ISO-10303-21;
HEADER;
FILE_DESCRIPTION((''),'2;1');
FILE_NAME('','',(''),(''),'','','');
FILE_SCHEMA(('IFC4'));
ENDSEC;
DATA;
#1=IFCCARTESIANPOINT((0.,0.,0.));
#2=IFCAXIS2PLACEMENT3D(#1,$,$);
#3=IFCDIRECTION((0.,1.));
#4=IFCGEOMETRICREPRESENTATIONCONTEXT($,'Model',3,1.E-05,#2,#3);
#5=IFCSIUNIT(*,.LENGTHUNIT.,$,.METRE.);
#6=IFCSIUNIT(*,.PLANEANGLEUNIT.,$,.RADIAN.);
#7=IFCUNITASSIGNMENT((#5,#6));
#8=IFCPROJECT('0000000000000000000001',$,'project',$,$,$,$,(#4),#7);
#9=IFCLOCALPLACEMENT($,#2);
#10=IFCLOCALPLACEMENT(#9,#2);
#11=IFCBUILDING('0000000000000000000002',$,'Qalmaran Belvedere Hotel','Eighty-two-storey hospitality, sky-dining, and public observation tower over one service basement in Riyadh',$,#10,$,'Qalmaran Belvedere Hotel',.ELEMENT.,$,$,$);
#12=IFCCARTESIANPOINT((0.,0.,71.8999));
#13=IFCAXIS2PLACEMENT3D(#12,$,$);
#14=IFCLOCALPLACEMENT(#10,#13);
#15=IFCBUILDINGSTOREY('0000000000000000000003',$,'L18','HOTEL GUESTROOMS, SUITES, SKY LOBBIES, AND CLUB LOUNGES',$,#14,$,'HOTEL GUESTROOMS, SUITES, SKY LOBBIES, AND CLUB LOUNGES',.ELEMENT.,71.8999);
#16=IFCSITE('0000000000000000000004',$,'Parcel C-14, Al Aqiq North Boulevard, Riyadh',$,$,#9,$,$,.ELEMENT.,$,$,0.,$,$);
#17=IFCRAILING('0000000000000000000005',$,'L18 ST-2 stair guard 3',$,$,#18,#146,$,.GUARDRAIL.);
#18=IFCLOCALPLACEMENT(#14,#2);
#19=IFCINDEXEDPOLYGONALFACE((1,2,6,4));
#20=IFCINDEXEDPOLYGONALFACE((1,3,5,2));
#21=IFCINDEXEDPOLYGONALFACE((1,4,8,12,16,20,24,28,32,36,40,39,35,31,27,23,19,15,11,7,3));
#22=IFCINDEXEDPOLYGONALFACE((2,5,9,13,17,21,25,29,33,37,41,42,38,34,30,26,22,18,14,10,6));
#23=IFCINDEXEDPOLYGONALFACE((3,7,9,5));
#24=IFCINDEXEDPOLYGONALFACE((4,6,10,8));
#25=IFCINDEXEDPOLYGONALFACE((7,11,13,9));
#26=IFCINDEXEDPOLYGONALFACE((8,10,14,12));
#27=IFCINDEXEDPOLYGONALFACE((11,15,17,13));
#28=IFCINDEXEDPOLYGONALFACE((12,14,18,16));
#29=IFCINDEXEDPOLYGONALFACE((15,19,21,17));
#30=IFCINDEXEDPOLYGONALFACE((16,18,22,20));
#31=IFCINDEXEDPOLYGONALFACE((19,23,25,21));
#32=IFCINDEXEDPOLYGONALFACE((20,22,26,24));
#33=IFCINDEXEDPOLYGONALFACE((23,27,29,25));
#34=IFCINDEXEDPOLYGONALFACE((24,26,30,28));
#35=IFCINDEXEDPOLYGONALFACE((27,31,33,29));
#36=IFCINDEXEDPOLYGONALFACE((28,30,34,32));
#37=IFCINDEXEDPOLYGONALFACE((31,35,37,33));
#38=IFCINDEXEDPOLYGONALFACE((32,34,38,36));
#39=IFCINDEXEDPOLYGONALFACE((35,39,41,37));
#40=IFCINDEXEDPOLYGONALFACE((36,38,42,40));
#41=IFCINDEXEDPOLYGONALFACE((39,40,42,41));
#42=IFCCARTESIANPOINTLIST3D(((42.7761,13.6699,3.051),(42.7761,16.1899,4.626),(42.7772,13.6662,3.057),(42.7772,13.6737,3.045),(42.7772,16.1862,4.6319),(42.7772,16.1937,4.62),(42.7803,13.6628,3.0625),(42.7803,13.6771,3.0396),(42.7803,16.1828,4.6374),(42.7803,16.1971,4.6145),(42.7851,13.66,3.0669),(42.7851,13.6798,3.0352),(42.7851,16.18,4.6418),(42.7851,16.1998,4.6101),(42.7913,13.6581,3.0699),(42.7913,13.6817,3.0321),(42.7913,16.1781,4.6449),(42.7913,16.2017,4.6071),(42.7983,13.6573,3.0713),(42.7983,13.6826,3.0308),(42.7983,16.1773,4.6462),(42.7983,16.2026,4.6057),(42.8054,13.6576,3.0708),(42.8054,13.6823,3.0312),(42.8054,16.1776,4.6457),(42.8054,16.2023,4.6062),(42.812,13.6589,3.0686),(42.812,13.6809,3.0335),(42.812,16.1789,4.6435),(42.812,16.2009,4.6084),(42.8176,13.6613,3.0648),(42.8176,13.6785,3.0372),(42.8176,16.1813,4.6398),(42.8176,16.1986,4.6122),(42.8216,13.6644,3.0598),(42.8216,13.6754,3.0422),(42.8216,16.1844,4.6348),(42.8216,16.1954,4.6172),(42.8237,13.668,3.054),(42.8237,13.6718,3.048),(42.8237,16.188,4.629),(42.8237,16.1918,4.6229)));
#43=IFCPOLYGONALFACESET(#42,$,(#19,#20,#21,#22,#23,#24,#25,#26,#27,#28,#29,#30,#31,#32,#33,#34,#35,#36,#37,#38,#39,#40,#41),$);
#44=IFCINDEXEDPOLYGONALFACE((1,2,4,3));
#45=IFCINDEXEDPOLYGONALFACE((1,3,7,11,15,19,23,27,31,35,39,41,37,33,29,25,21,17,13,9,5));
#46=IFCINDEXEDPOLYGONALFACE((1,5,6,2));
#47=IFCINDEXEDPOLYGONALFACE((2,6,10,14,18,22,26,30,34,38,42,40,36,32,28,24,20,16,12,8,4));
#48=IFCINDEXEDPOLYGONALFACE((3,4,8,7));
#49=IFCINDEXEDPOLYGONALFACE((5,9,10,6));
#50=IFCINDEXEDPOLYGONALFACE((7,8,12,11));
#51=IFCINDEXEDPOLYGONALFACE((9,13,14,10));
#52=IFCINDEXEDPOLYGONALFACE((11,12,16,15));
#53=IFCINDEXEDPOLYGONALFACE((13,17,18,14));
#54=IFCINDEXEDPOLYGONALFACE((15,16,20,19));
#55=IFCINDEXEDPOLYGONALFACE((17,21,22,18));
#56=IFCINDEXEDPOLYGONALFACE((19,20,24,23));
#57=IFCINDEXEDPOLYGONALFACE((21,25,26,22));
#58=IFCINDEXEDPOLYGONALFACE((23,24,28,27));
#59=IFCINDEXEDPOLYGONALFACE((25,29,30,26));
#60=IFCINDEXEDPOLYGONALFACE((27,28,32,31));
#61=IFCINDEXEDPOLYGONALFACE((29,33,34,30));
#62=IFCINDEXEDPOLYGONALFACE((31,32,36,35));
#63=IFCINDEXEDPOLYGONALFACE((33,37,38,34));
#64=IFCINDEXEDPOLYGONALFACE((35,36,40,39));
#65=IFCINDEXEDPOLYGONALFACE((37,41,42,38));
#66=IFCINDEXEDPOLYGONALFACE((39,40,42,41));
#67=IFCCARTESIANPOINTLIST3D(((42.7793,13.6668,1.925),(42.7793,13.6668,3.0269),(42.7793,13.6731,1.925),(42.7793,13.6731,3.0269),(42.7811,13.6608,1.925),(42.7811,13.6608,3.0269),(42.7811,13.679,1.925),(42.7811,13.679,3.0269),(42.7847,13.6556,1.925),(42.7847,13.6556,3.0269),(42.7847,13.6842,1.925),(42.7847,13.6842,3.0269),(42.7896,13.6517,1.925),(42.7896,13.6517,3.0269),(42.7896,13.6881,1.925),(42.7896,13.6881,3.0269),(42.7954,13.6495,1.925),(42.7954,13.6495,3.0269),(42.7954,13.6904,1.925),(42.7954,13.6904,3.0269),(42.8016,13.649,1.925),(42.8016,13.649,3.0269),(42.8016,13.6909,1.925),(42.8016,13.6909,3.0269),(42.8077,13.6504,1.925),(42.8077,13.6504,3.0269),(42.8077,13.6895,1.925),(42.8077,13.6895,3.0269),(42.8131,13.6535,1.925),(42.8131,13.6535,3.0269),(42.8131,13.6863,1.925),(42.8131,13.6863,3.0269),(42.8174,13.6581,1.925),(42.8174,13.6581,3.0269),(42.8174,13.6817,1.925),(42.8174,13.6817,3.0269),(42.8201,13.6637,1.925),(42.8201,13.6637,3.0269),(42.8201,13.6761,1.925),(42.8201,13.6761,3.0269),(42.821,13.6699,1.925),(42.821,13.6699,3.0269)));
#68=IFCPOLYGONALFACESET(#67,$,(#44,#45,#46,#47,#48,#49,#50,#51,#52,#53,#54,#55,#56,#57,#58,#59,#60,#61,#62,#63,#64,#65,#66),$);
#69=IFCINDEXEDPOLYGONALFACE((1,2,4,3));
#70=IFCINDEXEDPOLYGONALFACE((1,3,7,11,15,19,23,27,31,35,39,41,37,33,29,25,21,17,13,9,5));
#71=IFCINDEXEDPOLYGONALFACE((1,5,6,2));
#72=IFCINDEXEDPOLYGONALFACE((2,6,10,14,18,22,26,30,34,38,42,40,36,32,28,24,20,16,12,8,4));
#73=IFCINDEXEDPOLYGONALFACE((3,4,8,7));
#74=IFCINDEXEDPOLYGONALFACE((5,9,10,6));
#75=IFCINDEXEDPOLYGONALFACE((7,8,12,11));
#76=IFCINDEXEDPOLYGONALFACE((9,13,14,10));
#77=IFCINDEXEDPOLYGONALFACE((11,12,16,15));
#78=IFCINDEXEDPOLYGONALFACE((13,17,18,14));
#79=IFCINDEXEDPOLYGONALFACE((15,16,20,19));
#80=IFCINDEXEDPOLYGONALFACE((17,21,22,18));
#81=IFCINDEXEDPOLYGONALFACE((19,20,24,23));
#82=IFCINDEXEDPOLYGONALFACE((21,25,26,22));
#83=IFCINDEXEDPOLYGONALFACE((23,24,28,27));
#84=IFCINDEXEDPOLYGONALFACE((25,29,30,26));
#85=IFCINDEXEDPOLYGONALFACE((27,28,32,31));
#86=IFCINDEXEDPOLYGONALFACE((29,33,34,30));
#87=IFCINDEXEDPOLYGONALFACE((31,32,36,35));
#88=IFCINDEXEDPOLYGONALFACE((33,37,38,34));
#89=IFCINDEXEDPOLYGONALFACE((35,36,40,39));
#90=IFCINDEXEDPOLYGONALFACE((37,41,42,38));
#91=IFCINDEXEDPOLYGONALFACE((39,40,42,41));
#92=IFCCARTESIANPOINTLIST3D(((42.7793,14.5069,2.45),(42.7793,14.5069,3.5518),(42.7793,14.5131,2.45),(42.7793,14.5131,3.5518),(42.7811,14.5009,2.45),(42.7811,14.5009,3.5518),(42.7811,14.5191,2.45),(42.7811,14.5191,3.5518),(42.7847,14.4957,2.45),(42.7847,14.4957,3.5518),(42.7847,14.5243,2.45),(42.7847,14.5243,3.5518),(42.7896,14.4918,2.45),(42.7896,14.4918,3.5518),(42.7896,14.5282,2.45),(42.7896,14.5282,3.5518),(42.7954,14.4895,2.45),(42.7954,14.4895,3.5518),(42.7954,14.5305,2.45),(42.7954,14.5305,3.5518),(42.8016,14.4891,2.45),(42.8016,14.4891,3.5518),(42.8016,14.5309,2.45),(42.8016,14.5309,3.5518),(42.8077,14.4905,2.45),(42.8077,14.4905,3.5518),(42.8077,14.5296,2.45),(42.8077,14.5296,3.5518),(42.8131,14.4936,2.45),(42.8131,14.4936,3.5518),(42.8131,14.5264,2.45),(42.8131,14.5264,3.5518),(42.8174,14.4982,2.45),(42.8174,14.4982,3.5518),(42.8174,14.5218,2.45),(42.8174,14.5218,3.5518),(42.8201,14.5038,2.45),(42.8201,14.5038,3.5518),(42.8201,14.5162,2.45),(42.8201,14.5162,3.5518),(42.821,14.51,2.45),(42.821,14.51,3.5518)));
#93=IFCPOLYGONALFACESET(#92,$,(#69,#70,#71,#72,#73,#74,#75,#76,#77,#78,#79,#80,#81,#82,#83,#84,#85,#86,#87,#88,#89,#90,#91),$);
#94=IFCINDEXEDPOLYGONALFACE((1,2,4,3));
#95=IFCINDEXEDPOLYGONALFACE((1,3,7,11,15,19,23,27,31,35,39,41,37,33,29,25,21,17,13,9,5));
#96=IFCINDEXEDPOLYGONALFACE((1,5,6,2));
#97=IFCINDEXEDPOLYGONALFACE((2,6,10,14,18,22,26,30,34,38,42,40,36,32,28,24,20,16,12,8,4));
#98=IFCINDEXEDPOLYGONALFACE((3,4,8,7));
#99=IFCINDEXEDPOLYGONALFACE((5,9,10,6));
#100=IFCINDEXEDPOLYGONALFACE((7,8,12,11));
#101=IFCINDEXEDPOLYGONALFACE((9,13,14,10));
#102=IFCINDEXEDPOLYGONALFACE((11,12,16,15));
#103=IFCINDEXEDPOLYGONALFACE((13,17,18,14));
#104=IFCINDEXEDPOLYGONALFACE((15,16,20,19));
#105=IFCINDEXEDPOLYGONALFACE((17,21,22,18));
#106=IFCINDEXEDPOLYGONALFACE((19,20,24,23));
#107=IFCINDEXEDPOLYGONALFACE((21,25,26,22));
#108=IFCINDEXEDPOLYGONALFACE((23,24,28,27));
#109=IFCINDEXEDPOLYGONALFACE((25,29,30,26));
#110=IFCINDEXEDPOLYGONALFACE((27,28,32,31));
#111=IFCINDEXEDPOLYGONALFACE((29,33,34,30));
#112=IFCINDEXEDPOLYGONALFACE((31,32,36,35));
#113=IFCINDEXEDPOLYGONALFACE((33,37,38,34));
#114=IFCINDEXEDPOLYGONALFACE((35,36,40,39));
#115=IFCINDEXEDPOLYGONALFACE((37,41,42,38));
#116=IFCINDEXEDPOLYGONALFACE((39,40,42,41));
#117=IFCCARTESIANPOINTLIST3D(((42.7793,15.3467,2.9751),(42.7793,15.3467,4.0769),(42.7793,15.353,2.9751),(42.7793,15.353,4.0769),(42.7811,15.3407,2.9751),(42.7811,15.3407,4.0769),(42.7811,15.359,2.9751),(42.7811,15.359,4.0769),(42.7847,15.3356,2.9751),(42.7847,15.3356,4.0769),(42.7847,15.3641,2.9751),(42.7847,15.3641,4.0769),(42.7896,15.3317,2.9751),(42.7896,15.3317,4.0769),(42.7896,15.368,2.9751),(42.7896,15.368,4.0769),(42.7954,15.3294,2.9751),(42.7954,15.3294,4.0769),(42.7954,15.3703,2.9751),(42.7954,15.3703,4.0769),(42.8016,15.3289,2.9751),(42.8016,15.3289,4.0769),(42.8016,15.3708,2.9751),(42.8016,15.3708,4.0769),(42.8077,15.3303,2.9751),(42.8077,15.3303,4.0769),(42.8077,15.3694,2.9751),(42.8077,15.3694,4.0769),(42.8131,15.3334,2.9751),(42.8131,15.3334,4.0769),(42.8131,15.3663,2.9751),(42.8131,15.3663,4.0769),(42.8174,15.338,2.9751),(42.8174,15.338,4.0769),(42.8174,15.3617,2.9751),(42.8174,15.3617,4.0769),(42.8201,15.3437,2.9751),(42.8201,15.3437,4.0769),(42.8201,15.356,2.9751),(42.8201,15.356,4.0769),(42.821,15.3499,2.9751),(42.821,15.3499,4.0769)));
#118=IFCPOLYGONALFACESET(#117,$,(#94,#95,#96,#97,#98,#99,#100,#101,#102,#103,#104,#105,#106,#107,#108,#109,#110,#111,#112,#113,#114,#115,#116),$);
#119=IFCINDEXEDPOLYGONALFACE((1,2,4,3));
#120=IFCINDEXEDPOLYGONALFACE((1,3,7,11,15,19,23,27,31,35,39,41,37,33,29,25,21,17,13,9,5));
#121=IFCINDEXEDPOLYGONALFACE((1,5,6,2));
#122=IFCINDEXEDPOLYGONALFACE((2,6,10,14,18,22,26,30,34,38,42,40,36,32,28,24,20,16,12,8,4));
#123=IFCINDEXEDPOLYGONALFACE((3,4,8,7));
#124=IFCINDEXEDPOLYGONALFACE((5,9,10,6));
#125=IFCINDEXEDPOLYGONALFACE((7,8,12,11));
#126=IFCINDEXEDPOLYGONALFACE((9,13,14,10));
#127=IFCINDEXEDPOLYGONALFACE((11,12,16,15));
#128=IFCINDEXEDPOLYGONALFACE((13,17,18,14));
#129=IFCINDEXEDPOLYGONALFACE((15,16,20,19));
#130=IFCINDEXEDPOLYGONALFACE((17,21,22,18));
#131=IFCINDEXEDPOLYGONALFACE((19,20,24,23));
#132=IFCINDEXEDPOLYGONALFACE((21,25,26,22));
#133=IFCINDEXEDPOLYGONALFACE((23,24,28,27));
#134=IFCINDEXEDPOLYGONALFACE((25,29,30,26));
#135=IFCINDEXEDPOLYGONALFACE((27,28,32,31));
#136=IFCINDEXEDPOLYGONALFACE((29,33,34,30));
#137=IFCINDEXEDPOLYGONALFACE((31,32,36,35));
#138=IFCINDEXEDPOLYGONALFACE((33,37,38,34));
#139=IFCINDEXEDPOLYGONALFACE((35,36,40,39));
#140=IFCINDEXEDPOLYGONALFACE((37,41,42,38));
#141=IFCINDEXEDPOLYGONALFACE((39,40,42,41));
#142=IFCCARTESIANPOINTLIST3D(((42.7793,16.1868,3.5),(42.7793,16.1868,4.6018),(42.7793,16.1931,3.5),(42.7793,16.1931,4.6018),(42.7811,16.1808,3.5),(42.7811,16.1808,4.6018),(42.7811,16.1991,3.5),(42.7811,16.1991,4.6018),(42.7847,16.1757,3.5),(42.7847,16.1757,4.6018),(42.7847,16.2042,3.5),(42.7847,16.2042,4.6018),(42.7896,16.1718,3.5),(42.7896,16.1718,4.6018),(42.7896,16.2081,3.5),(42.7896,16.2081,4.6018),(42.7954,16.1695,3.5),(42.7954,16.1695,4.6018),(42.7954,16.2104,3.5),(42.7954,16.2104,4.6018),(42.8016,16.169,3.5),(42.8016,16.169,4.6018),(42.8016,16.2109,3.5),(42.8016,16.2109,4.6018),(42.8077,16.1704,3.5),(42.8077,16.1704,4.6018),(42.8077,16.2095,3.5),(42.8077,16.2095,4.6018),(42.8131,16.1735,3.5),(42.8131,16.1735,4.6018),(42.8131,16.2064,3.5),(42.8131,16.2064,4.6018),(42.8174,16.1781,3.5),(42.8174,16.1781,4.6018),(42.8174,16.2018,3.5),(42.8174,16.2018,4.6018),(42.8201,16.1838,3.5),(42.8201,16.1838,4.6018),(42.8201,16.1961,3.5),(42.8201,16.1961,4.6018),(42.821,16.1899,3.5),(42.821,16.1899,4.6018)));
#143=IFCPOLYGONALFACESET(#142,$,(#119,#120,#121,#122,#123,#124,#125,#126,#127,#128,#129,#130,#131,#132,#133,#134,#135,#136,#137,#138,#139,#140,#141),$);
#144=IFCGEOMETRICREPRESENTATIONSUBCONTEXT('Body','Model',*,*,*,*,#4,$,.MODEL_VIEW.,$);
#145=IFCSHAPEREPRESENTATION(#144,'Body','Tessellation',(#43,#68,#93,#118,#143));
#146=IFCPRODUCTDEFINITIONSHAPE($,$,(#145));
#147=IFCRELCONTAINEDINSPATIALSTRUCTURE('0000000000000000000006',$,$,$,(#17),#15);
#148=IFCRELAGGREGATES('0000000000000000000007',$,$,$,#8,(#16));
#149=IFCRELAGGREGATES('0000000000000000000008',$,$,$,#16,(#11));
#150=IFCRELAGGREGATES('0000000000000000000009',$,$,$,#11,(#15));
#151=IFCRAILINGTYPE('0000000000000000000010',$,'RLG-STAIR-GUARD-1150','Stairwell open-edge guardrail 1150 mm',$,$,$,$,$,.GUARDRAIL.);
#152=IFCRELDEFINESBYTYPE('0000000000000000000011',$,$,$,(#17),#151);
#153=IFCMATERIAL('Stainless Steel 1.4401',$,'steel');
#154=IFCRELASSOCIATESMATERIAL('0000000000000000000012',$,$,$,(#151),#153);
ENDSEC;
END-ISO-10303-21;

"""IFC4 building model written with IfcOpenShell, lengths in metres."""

from ifc_helpers import new_model, si_unit, direction, frame, origin, origin_2d, place, context, subcontext, project, spatial, circle, extrude, material, type_object, element, save


model = new_model("IFC4")

# Units and contexts
model_context = context("Model", 3, precision=1e-05, world=origin(), true_north=direction((0.0, 1.0)))
body_context = subcontext(model_context, "Body", "Model", "MODEL_VIEW")
ifc_project = project(units=[si_unit("LENGTHUNIT", "METRE"), si_unit("PLANEANGLEUNIT", "RADIAN")], contexts=[model_context])

# Site, building, storey
site_placement = place(None, origin())
site = spatial("IfcSite", under=ifc_project, at=site_placement, Name="Parcel C-14, Al Aqiq North Boulevard, Riyadh", CompositionType="ELEMENT", RefElevation=0.0)
building_placement = place(site_placement, origin())
building = spatial("IfcBuilding", under=site, at=building_placement, Name="Qalmaran Belvedere Hotel", Description="Eighty-two-storey hospitality, sky-dining, and public observation tower over one service basement in Riyadh", LongName="Qalmaran Belvedere Hotel", CompositionType="ELEMENT")
storey_placement = place(building_placement, frame((0.0, 0.0, 71.8999)))
storey = spatial("IfcBuildingStorey", under=building, at=storey_placement, Name="L18", Description="HOTEL GUESTROOMS, SUITES, SKY LOBBIES, AND CLUB LOUNGES", LongName="HOTEL GUESTROOMS, SUITES, SKY LOBBIES, AND CLUB LOUNGES", CompositionType="ELEMENT", Elevation=71.8999)

# Shared definitions
ifc_material_1 = material(Name="Stainless Steel 1.4401", Category="steel")

# Railing
railing_type_1 = type_object("IfcRailingType", Name="RLG-STAIR-GUARD-1150", Description="Stairwell open-edge guardrail 1150 mm", PredefinedType="GUARDRAIL", material=ifc_material_1)
railing_1_placement = place(storey_placement, frame((42.8, 13.6699, 1.925)))
element("IfcRailing", 1, at=railing_1_placement, inside=storey, type_object=railing_type_1, Name="L18 ST-2 stair guard 3", PredefinedType="GUARDRAIL", context=body_context, shape_type="SweptSolid", body=[
    extrude(circle(Radius=0.0239, at=origin_2d()), frame((0.0, 0.0, 1.126), z_axis=(0.0, 0.848008, 0.529984), x_axis=(-1.0, 0.0, 0.0)), (0.0, 0.0, 1.0), 2.9717),
    extrude(circle(Radius=0.021, at=origin_2d()), origin(), (0.0, 0.0, 1.0), 1.1018),
    extrude(circle(Radius=0.021, at=origin_2d()), frame((0.0, 0.8401, 0.5249)), (0.0, 0.0, 1.0), 1.1018),
    extrude(circle(Radius=0.021, at=origin_2d()), frame((0.0, 1.6799, 1.05)), (0.0, 0.0, 1.0), 1.1018),
    extrude(circle(Radius=0.021, at=origin_2d()), frame((0.0, 2.52, 1.575)), (0.0, 0.0, 1.0), 1.1018),
])

save(model, "model.ifc")
